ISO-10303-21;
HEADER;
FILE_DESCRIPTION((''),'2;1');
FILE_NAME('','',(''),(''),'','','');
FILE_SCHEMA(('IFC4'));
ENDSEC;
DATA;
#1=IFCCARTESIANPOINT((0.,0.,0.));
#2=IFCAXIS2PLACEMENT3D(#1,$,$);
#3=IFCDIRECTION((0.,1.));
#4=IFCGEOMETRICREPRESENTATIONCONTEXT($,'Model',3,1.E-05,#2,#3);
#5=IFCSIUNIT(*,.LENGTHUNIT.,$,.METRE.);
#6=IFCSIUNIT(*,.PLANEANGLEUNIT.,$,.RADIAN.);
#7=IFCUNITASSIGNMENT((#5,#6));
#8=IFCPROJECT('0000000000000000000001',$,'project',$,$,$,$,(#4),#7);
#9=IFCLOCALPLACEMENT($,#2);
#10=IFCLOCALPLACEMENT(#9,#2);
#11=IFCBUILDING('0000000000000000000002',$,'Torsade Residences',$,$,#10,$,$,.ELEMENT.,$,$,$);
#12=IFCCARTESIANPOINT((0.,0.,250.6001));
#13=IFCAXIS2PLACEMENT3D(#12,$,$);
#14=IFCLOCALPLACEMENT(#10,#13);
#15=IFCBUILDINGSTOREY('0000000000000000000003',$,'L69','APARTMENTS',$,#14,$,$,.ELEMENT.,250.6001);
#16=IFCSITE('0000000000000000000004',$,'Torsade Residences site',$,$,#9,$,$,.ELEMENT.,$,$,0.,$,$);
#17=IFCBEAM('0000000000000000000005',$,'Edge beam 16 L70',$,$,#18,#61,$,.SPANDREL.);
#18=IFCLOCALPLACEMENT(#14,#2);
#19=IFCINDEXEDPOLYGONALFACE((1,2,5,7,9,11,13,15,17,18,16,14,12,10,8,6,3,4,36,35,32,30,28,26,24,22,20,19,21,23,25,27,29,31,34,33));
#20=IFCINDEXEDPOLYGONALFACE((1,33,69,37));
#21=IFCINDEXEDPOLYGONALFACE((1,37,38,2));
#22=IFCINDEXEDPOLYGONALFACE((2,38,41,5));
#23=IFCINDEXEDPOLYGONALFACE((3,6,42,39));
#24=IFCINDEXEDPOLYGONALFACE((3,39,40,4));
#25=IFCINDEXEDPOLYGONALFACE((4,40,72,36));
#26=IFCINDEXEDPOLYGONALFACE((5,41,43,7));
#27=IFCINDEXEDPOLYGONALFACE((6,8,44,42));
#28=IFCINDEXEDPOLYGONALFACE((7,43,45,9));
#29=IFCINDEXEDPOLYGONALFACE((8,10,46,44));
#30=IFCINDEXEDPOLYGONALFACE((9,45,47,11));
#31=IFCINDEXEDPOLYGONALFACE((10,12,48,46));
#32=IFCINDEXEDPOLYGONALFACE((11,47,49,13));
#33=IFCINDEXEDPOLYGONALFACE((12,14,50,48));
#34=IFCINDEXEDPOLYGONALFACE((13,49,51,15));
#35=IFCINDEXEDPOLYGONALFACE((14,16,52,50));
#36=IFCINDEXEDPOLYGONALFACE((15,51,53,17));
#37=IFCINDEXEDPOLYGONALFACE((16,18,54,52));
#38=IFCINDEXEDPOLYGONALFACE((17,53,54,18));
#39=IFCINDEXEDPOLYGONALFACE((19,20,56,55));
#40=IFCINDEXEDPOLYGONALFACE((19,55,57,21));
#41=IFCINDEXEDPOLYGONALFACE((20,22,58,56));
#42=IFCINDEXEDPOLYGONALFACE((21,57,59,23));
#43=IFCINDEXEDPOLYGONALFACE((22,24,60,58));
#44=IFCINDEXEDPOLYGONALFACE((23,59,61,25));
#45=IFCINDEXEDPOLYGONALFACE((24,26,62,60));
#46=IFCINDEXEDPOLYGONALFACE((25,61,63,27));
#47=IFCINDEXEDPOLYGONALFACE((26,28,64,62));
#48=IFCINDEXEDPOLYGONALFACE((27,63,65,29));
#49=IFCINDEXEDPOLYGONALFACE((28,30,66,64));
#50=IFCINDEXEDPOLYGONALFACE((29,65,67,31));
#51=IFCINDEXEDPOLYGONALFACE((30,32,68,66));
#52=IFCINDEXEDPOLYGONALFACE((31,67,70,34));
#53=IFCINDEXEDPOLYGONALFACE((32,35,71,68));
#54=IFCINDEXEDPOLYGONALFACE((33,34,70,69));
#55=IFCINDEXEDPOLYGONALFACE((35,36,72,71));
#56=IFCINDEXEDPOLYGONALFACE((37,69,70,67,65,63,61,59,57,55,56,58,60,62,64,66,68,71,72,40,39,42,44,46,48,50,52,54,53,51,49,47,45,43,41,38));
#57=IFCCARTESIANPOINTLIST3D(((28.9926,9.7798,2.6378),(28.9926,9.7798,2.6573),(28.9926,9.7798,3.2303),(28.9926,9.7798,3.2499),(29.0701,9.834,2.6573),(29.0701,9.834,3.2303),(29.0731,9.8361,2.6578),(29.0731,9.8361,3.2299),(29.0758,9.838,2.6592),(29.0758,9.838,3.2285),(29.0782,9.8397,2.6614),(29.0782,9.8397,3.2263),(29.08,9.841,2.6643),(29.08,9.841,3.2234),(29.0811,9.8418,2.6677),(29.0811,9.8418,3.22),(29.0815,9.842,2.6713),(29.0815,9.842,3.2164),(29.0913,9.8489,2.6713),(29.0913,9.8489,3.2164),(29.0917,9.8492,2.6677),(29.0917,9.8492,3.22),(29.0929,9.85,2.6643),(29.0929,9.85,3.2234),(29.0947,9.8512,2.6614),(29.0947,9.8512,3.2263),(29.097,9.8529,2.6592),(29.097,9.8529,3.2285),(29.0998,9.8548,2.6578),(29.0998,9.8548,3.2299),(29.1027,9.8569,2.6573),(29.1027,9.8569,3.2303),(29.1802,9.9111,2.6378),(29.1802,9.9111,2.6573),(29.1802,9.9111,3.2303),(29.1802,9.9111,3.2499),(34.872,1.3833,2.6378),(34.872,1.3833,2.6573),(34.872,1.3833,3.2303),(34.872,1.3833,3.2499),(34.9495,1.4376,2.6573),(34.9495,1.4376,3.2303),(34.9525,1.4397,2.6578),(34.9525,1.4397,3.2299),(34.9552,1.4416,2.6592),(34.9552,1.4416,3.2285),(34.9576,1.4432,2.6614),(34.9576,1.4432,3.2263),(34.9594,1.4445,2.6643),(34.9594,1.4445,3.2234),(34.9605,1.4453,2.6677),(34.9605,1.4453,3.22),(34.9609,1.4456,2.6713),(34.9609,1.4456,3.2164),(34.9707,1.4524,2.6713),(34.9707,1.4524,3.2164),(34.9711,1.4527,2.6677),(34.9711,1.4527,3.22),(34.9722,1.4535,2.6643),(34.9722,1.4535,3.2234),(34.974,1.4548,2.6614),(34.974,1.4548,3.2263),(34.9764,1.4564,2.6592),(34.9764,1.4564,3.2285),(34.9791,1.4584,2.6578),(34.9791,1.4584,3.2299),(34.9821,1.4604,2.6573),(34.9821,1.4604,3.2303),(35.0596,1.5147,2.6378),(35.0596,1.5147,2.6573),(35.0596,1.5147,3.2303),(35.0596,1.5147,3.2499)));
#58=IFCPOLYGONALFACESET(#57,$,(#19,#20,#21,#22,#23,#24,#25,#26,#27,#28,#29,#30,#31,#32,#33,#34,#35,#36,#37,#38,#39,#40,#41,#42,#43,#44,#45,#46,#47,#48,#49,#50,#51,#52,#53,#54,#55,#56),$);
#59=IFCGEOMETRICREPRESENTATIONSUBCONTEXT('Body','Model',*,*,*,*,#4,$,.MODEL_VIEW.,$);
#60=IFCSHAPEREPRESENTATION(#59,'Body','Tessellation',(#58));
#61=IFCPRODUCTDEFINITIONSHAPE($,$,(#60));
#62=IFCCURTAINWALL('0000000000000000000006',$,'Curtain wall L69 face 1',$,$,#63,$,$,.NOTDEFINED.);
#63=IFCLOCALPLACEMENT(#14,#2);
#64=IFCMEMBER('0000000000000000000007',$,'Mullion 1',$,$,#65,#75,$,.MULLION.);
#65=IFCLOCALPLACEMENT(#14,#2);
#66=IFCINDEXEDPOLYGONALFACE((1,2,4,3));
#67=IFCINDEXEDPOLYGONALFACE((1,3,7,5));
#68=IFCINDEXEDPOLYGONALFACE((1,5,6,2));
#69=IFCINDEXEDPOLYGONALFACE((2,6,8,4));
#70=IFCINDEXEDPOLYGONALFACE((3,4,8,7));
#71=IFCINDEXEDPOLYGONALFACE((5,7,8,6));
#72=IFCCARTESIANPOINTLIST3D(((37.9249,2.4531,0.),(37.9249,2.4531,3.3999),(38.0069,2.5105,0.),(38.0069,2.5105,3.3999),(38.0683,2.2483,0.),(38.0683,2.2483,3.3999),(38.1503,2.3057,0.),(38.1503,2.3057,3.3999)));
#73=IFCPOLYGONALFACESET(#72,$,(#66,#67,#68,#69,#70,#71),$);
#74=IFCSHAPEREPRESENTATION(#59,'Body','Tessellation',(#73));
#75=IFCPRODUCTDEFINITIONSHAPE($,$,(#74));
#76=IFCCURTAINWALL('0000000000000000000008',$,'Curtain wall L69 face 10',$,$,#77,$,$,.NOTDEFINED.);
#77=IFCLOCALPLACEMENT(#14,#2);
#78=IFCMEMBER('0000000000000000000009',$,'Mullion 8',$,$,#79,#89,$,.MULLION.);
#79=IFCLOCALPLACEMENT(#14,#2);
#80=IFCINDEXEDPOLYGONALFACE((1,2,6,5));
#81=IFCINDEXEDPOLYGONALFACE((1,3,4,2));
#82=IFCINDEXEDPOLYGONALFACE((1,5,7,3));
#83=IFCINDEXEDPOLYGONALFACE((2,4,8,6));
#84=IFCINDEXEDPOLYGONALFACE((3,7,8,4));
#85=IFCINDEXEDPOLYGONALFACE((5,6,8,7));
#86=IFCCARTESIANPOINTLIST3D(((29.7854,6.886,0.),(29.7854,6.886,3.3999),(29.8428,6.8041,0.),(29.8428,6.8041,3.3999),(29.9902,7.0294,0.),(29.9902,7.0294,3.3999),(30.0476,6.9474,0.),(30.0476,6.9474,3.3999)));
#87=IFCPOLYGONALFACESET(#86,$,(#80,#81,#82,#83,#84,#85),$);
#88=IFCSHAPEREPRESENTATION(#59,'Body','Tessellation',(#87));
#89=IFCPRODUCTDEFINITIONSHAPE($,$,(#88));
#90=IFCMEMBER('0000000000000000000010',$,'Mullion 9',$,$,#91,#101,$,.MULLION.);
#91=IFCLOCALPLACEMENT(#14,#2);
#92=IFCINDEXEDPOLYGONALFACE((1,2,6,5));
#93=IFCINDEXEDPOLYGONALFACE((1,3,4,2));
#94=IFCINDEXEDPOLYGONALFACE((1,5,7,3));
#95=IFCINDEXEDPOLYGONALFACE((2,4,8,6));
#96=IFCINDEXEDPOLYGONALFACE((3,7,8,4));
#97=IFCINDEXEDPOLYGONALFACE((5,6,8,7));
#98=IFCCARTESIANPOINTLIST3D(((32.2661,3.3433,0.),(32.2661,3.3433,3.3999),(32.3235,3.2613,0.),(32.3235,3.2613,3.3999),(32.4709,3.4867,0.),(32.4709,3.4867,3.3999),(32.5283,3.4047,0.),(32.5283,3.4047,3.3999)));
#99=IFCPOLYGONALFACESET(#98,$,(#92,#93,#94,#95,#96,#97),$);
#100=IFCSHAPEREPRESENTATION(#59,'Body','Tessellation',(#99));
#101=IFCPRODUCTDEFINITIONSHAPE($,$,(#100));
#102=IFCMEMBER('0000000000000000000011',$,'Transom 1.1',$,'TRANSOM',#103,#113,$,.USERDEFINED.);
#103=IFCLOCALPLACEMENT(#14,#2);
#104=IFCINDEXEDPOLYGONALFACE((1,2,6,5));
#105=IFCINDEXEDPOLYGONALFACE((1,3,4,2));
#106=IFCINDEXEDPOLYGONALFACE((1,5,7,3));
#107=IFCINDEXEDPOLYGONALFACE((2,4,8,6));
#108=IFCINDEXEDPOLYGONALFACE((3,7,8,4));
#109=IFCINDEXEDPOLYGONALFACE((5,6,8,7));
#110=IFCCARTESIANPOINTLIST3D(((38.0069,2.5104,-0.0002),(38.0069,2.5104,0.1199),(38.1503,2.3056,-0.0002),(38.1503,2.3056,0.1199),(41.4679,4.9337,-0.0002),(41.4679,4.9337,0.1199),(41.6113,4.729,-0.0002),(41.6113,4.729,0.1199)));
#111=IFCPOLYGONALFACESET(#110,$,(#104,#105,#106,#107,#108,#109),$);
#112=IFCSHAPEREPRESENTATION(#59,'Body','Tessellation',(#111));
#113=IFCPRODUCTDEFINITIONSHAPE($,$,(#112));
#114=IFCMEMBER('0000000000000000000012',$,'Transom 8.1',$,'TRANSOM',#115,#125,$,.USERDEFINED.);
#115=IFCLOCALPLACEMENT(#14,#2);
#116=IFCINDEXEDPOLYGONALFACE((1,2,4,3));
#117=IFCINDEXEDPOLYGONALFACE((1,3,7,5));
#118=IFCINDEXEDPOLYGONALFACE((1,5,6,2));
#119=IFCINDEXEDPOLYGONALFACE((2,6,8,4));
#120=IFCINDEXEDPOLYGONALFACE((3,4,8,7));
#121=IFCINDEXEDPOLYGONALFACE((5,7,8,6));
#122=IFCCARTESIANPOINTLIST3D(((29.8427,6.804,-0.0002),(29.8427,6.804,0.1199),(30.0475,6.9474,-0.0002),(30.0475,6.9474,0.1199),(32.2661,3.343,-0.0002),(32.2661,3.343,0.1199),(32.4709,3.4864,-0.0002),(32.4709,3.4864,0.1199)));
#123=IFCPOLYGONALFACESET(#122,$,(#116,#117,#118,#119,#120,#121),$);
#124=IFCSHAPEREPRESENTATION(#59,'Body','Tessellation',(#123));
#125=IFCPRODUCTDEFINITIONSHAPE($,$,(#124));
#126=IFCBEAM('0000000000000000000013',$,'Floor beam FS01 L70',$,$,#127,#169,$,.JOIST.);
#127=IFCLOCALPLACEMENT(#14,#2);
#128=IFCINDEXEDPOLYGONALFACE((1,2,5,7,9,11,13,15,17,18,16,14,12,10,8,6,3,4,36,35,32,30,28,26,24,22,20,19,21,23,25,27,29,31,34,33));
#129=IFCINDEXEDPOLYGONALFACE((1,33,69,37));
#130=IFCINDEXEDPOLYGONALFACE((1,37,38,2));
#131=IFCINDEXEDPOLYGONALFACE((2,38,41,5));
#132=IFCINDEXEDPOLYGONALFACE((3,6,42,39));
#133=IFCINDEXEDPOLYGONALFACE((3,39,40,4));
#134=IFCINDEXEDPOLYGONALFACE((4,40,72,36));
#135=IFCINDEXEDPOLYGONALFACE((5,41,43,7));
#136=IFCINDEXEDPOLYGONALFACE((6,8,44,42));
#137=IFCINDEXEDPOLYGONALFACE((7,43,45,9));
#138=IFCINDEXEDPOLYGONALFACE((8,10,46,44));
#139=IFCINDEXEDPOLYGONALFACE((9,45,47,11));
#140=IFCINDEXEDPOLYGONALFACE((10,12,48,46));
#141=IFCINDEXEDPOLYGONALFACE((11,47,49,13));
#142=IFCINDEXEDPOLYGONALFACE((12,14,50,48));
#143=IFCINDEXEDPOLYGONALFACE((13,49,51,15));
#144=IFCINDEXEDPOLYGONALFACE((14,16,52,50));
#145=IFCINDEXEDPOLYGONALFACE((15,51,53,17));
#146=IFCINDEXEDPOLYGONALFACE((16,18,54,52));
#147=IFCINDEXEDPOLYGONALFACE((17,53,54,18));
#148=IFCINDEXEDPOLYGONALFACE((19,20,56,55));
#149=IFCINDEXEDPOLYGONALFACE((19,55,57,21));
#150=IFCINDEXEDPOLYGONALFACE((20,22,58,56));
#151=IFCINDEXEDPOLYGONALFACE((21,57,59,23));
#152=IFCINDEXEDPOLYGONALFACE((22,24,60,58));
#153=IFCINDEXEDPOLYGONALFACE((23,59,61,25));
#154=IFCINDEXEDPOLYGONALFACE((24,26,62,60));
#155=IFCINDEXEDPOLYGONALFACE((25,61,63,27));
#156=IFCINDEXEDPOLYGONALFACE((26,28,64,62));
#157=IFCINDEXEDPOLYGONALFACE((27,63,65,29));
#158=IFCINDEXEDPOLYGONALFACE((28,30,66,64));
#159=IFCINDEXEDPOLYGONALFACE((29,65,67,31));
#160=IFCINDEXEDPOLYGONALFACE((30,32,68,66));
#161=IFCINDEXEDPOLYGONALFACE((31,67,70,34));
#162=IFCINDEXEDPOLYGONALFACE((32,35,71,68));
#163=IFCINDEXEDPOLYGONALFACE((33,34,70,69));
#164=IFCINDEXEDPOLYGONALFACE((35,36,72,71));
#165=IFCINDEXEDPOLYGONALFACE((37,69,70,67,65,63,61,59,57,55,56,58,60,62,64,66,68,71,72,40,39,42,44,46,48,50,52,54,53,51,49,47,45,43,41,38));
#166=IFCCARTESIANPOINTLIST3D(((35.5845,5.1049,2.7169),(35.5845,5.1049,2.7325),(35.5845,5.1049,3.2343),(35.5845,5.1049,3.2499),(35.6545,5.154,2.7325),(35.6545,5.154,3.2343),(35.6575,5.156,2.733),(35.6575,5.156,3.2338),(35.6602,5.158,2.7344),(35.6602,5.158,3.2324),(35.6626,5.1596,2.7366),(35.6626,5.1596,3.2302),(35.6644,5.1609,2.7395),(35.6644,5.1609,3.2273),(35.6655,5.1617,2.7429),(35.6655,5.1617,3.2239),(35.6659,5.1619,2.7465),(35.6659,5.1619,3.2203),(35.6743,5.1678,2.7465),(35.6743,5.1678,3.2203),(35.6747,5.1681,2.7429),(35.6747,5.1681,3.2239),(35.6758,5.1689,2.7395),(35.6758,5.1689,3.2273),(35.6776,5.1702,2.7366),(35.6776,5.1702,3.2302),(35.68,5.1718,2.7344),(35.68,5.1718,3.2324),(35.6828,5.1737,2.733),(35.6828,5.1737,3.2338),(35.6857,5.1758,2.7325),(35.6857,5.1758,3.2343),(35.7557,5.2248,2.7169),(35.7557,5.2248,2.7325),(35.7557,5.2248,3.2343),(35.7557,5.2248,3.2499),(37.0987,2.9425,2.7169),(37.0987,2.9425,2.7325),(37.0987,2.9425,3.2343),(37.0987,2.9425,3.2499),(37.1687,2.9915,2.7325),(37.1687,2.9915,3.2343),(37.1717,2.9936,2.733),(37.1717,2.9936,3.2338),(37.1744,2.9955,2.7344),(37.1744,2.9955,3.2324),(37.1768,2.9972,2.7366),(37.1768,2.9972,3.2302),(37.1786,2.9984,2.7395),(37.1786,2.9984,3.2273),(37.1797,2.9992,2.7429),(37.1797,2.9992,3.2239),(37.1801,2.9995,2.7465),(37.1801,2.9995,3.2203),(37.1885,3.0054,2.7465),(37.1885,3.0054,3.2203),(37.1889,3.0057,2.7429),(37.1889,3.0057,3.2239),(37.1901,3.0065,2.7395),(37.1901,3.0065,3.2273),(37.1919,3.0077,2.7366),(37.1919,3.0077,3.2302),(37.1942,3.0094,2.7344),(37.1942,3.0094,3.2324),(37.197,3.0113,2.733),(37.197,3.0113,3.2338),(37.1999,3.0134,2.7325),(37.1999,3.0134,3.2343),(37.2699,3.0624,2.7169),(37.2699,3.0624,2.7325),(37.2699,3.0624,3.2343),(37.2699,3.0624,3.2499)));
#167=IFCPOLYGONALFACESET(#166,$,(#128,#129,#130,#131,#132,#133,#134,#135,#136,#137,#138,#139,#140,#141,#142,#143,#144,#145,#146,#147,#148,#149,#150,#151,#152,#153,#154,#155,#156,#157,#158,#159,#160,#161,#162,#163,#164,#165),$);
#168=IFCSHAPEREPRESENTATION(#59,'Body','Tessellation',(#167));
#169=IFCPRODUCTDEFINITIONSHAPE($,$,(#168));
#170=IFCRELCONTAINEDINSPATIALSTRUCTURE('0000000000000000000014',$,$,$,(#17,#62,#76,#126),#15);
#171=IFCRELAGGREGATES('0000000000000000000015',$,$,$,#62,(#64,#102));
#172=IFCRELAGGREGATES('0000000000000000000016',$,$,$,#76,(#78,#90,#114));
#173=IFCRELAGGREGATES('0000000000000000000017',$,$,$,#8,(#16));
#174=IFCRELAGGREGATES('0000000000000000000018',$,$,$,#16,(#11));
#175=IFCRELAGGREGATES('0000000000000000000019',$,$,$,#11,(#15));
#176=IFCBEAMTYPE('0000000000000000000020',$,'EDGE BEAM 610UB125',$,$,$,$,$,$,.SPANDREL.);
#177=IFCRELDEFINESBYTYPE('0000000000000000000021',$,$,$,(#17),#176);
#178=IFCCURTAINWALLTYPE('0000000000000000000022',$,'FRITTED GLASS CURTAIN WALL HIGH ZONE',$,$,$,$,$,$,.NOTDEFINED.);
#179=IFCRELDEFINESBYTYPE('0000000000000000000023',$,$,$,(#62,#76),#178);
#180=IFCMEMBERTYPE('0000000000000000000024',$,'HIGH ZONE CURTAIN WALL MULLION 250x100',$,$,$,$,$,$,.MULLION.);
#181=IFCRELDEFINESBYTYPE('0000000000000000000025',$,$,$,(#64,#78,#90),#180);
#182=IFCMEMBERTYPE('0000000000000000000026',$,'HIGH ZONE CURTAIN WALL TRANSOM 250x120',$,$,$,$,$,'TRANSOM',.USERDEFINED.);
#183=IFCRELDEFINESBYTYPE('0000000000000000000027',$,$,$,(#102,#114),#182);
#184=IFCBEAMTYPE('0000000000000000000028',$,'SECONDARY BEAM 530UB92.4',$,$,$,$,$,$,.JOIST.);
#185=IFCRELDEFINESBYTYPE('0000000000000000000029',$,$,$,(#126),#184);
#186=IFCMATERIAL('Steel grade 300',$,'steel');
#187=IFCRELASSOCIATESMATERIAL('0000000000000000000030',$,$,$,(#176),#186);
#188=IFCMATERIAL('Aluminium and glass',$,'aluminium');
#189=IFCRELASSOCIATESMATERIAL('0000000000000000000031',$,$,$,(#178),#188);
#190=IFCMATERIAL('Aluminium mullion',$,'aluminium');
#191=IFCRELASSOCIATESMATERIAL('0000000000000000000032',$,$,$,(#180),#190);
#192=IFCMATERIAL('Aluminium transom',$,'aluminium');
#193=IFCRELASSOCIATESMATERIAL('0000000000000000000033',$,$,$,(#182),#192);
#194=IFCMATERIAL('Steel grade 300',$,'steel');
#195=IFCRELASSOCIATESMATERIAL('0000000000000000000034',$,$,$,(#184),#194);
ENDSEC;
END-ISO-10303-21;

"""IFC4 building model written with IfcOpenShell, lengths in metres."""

from ifc_helpers import new_model, si_unit, direction, frame, origin, origin_2d, place, context, subcontext, project, spatial, rectangle, i_section, extrude, material, material_profile, profile_set, type_object, element, aggregate, save


model = new_model("IFC4")

# Units and contexts
model_context = context("Model", 3, precision=1e-05, world=origin(), true_north=direction((0.0, 1.0)))
body_context = subcontext(model_context, "Body", "Model", "MODEL_VIEW")
ifc_project = project(units=[si_unit("LENGTHUNIT", "METRE"), si_unit("PLANEANGLEUNIT", "RADIAN")], contexts=[model_context])

# Site, building, storey
site_placement = place(None, origin())
site = spatial("IfcSite", under=ifc_project, at=site_placement, Name="Torsade Residences site", CompositionType="ELEMENT", RefElevation=0.0)
building_placement = place(site_placement, origin())
building = spatial("IfcBuilding", under=site, at=building_placement, Name="Torsade Residences", CompositionType="ELEMENT")
storey_placement = place(building_placement, frame((0.0, 0.0, 250.6001)))
storey = spatial("IfcBuildingStorey", under=building, at=storey_placement, Name="L69", Description="APARTMENTS", CompositionType="ELEMENT", Elevation=250.6001)

# Beam
ifc_material_1 = material(Name="Steel grade 300", Category="steel")
ifc_material_profile_1 = material_profile(ifc_material_1, i_section(OverallWidth=0.229, OverallDepth=0.6121, WebThickness=0.012, FlangeThickness=0.0195, FilletRadius=0.0139, at=origin_2d()), Name="610UB125")
ifc_profile_set_1 = profile_set([ifc_material_profile_1], Name="Steel grade 300")
beam_type_1 = type_object("IfcBeamType", Name="EDGE BEAM 610UB125", PredefinedType="SPANDREL", material=ifc_profile_set_1)
beam_1_placement = place(storey_placement, frame((29.0864, 9.8455, 2.9438), z_axis=(0.573584, -0.819147, 0.0), x_axis=(0.819147, 0.573584, 0.0)))
element("IfcBeam", 1, at=beam_1_placement, inside=storey, type_object=beam_type_1, Name="Edge beam 16 L70", PredefinedType="SPANDREL", context=body_context, shape_type="SweptSolid", body=[
    extrude(i_section(OverallWidth=0.229, OverallDepth=0.6121, WebThickness=0.012, FlangeThickness=0.0195, FilletRadius=0.0139, at=origin_2d()), origin(), (0.0, 0.0, 1.0), 10.2502),
])

# Curtain wall, member
ifc_material_2 = material(Name="Aluminium and glass", Category="aluminium")
curtain_wall_type = type_object("IfcCurtainWallType", Name="FRITTED GLASS CURTAIN WALL HIGH ZONE", PredefinedType="NOTDEFINED", material=ifc_material_2)
curtain_wall_1_placement = place(storey_placement, origin())
curtain_wall_1 = element("IfcCurtainWall", 2, at=curtain_wall_1_placement, inside=storey, type_object=curtain_wall_type, Name="Curtain wall L69 face 1", PredefinedType="NOTDEFINED")
ifc_material_3 = material(Name="Aluminium mullion", Category="aluminium")
ifc_material_profile_2 = material_profile(ifc_material_3, rectangle(XDim=0.25, YDim=0.1001, at=origin_2d()), Name="HIGH ZONE CURTAIN WALL MULLION 250x100")
ifc_profile_set_2 = profile_set([ifc_material_profile_2], Name="Aluminium mullion")
member_type_1 = type_object("IfcMemberType", Name="HIGH ZONE CURTAIN WALL MULLION 250x100", PredefinedType="MULLION", material=ifc_profile_set_2)
member_1_placement = place(storey_placement, frame((38.0376, 2.3794, 0.0), z_axis=(0.0, 0.0, 1.0), x_axis=(-0.573576, 0.819152, 0.0)))
member_1 = element("IfcMember", 3, at=member_1_placement, type_object=member_type_1, Name="Mullion 1", PredefinedType="MULLION", context=body_context, shape_type="SweptSolid", body=[
    extrude(rectangle(XDim=0.25, YDim=0.1001, at=origin_2d()), origin(), (0.0, 0.0, 1.0), 3.3999),
])

# Curtain wall, members
curtain_wall_2_placement = place(storey_placement, origin())
curtain_wall_2 = element("IfcCurtainWall", 4, at=curtain_wall_2_placement, inside=storey, type_object=curtain_wall_type, Name="Curtain wall L69 face 10", PredefinedType="NOTDEFINED")
member_2_placement = place(storey_placement, frame((29.9165, 6.9167, 0.0), z_axis=(0.0, 0.0, 1.0), x_axis=(0.819152, 0.573576, 0.0)))
member_2 = element("IfcMember", 5, at=member_2_placement, type_object=member_type_1, Name="Mullion 8", PredefinedType="MULLION", context=body_context, shape_type="SweptSolid", body=[
    extrude(rectangle(XDim=0.25, YDim=0.1001, at=origin_2d()), origin(), (0.0, 0.0, 1.0), 3.3999),
])
member_3_placement = place(storey_placement, frame((32.3972, 3.374, 0.0), z_axis=(0.0, 0.0, 1.0), x_axis=(0.819152, 0.573576, 0.0)))
member_3 = element("IfcMember", 6, at=member_3_placement, type_object=member_type_1, Name="Mullion 9", PredefinedType="MULLION", context=body_context, shape_type="SweptSolid", body=[
    extrude(rectangle(XDim=0.25, YDim=0.1001, at=origin_2d()), origin(), (0.0, 0.0, 1.0), 3.3999),
])

# Members
ifc_material_4 = material(Name="Aluminium transom", Category="aluminium")
ifc_material_profile_3 = material_profile(ifc_material_4, rectangle(XDim=0.25, YDim=0.1201, at=origin_2d()), Name="HIGH ZONE CURTAIN WALL TRANSOM 250x120")
ifc_profile_set_3 = profile_set([ifc_material_profile_3], Name="Aluminium transom")
member_type_2 = type_object("IfcMemberType", Name="HIGH ZONE CURTAIN WALL TRANSOM 250x120", ElementType="TRANSOM", PredefinedType="USERDEFINED", material=ifc_profile_set_3)
member_4_placement = place(storey_placement, frame((38.0786, 2.408, 0.0598), z_axis=(0.819156, 0.573571, 0.0), x_axis=(-0.573571, 0.819156, 0.0)))
member_4 = element("IfcMember", 7, at=member_4_placement, type_object=member_type_2, Name="Transom 1.1", ObjectType="TRANSOM", PredefinedType="USERDEFINED", context=body_context, shape_type="SweptSolid", body=[
    extrude(rectangle(XDim=0.25, YDim=0.1201, at=origin_2d()), origin(), (0.0, 0.0, 1.0), 4.2251),
])
member_5_placement = place(storey_placement, frame((29.9451, 6.8757, 0.0598), z_axis=(0.573571, -0.819156, 0.0), x_axis=(0.819156, 0.573571, 0.0)))
member_5 = element("IfcMember", 8, at=member_5_placement, type_object=member_type_2, Name="Transom 8.1", ObjectType="TRANSOM", PredefinedType="USERDEFINED", context=body_context, shape_type="SweptSolid", body=[
    extrude(rectangle(XDim=0.25, YDim=0.1201, at=origin_2d()), origin(), (0.0, 0.0, 1.0), 4.2251),
])

# Beam
ifc_material_5 = material(Name="Steel grade 300", Category="steel")
ifc_material_profile_4 = material_profile(ifc_material_5, i_section(OverallWidth=0.209, OverallDepth=0.533, WebThickness=0.0103, FlangeThickness=0.0156, FilletRadius=0.0139, at=origin_2d()), Name="530UB92.4")
ifc_profile_set_4 = profile_set([ifc_material_profile_4], Name="Steel grade 300")
beam_type_2 = type_object("IfcBeamType", Name="SECONDARY BEAM 530UB92.4", PredefinedType="JOIST", material=ifc_profile_set_4)
beam_2_placement = place(storey_placement, frame((37.1843, 3.0024, 2.9834), z_axis=(-0.573593, 0.819141, 0.0), x_axis=(-0.819141, -0.573593, 0.0)))
element("IfcBeam", 9, at=beam_2_placement, inside=storey, type_object=beam_type_2, Name="Floor beam FS01 L70", PredefinedType="JOIST", context=body_context, shape_type="SweptSolid", body=[
    extrude(i_section(OverallWidth=0.209, OverallDepth=0.533, WebThickness=0.0103, FlangeThickness=0.0156, FilletRadius=0.0139, at=origin_2d()), origin(), (0.0, 0.0, 1.0), 2.6399),
])

aggregate(curtain_wall_1, [member_1, member_4])
aggregate(curtain_wall_2, [member_2, member_3, member_5])

save(model, "model.ifc")
